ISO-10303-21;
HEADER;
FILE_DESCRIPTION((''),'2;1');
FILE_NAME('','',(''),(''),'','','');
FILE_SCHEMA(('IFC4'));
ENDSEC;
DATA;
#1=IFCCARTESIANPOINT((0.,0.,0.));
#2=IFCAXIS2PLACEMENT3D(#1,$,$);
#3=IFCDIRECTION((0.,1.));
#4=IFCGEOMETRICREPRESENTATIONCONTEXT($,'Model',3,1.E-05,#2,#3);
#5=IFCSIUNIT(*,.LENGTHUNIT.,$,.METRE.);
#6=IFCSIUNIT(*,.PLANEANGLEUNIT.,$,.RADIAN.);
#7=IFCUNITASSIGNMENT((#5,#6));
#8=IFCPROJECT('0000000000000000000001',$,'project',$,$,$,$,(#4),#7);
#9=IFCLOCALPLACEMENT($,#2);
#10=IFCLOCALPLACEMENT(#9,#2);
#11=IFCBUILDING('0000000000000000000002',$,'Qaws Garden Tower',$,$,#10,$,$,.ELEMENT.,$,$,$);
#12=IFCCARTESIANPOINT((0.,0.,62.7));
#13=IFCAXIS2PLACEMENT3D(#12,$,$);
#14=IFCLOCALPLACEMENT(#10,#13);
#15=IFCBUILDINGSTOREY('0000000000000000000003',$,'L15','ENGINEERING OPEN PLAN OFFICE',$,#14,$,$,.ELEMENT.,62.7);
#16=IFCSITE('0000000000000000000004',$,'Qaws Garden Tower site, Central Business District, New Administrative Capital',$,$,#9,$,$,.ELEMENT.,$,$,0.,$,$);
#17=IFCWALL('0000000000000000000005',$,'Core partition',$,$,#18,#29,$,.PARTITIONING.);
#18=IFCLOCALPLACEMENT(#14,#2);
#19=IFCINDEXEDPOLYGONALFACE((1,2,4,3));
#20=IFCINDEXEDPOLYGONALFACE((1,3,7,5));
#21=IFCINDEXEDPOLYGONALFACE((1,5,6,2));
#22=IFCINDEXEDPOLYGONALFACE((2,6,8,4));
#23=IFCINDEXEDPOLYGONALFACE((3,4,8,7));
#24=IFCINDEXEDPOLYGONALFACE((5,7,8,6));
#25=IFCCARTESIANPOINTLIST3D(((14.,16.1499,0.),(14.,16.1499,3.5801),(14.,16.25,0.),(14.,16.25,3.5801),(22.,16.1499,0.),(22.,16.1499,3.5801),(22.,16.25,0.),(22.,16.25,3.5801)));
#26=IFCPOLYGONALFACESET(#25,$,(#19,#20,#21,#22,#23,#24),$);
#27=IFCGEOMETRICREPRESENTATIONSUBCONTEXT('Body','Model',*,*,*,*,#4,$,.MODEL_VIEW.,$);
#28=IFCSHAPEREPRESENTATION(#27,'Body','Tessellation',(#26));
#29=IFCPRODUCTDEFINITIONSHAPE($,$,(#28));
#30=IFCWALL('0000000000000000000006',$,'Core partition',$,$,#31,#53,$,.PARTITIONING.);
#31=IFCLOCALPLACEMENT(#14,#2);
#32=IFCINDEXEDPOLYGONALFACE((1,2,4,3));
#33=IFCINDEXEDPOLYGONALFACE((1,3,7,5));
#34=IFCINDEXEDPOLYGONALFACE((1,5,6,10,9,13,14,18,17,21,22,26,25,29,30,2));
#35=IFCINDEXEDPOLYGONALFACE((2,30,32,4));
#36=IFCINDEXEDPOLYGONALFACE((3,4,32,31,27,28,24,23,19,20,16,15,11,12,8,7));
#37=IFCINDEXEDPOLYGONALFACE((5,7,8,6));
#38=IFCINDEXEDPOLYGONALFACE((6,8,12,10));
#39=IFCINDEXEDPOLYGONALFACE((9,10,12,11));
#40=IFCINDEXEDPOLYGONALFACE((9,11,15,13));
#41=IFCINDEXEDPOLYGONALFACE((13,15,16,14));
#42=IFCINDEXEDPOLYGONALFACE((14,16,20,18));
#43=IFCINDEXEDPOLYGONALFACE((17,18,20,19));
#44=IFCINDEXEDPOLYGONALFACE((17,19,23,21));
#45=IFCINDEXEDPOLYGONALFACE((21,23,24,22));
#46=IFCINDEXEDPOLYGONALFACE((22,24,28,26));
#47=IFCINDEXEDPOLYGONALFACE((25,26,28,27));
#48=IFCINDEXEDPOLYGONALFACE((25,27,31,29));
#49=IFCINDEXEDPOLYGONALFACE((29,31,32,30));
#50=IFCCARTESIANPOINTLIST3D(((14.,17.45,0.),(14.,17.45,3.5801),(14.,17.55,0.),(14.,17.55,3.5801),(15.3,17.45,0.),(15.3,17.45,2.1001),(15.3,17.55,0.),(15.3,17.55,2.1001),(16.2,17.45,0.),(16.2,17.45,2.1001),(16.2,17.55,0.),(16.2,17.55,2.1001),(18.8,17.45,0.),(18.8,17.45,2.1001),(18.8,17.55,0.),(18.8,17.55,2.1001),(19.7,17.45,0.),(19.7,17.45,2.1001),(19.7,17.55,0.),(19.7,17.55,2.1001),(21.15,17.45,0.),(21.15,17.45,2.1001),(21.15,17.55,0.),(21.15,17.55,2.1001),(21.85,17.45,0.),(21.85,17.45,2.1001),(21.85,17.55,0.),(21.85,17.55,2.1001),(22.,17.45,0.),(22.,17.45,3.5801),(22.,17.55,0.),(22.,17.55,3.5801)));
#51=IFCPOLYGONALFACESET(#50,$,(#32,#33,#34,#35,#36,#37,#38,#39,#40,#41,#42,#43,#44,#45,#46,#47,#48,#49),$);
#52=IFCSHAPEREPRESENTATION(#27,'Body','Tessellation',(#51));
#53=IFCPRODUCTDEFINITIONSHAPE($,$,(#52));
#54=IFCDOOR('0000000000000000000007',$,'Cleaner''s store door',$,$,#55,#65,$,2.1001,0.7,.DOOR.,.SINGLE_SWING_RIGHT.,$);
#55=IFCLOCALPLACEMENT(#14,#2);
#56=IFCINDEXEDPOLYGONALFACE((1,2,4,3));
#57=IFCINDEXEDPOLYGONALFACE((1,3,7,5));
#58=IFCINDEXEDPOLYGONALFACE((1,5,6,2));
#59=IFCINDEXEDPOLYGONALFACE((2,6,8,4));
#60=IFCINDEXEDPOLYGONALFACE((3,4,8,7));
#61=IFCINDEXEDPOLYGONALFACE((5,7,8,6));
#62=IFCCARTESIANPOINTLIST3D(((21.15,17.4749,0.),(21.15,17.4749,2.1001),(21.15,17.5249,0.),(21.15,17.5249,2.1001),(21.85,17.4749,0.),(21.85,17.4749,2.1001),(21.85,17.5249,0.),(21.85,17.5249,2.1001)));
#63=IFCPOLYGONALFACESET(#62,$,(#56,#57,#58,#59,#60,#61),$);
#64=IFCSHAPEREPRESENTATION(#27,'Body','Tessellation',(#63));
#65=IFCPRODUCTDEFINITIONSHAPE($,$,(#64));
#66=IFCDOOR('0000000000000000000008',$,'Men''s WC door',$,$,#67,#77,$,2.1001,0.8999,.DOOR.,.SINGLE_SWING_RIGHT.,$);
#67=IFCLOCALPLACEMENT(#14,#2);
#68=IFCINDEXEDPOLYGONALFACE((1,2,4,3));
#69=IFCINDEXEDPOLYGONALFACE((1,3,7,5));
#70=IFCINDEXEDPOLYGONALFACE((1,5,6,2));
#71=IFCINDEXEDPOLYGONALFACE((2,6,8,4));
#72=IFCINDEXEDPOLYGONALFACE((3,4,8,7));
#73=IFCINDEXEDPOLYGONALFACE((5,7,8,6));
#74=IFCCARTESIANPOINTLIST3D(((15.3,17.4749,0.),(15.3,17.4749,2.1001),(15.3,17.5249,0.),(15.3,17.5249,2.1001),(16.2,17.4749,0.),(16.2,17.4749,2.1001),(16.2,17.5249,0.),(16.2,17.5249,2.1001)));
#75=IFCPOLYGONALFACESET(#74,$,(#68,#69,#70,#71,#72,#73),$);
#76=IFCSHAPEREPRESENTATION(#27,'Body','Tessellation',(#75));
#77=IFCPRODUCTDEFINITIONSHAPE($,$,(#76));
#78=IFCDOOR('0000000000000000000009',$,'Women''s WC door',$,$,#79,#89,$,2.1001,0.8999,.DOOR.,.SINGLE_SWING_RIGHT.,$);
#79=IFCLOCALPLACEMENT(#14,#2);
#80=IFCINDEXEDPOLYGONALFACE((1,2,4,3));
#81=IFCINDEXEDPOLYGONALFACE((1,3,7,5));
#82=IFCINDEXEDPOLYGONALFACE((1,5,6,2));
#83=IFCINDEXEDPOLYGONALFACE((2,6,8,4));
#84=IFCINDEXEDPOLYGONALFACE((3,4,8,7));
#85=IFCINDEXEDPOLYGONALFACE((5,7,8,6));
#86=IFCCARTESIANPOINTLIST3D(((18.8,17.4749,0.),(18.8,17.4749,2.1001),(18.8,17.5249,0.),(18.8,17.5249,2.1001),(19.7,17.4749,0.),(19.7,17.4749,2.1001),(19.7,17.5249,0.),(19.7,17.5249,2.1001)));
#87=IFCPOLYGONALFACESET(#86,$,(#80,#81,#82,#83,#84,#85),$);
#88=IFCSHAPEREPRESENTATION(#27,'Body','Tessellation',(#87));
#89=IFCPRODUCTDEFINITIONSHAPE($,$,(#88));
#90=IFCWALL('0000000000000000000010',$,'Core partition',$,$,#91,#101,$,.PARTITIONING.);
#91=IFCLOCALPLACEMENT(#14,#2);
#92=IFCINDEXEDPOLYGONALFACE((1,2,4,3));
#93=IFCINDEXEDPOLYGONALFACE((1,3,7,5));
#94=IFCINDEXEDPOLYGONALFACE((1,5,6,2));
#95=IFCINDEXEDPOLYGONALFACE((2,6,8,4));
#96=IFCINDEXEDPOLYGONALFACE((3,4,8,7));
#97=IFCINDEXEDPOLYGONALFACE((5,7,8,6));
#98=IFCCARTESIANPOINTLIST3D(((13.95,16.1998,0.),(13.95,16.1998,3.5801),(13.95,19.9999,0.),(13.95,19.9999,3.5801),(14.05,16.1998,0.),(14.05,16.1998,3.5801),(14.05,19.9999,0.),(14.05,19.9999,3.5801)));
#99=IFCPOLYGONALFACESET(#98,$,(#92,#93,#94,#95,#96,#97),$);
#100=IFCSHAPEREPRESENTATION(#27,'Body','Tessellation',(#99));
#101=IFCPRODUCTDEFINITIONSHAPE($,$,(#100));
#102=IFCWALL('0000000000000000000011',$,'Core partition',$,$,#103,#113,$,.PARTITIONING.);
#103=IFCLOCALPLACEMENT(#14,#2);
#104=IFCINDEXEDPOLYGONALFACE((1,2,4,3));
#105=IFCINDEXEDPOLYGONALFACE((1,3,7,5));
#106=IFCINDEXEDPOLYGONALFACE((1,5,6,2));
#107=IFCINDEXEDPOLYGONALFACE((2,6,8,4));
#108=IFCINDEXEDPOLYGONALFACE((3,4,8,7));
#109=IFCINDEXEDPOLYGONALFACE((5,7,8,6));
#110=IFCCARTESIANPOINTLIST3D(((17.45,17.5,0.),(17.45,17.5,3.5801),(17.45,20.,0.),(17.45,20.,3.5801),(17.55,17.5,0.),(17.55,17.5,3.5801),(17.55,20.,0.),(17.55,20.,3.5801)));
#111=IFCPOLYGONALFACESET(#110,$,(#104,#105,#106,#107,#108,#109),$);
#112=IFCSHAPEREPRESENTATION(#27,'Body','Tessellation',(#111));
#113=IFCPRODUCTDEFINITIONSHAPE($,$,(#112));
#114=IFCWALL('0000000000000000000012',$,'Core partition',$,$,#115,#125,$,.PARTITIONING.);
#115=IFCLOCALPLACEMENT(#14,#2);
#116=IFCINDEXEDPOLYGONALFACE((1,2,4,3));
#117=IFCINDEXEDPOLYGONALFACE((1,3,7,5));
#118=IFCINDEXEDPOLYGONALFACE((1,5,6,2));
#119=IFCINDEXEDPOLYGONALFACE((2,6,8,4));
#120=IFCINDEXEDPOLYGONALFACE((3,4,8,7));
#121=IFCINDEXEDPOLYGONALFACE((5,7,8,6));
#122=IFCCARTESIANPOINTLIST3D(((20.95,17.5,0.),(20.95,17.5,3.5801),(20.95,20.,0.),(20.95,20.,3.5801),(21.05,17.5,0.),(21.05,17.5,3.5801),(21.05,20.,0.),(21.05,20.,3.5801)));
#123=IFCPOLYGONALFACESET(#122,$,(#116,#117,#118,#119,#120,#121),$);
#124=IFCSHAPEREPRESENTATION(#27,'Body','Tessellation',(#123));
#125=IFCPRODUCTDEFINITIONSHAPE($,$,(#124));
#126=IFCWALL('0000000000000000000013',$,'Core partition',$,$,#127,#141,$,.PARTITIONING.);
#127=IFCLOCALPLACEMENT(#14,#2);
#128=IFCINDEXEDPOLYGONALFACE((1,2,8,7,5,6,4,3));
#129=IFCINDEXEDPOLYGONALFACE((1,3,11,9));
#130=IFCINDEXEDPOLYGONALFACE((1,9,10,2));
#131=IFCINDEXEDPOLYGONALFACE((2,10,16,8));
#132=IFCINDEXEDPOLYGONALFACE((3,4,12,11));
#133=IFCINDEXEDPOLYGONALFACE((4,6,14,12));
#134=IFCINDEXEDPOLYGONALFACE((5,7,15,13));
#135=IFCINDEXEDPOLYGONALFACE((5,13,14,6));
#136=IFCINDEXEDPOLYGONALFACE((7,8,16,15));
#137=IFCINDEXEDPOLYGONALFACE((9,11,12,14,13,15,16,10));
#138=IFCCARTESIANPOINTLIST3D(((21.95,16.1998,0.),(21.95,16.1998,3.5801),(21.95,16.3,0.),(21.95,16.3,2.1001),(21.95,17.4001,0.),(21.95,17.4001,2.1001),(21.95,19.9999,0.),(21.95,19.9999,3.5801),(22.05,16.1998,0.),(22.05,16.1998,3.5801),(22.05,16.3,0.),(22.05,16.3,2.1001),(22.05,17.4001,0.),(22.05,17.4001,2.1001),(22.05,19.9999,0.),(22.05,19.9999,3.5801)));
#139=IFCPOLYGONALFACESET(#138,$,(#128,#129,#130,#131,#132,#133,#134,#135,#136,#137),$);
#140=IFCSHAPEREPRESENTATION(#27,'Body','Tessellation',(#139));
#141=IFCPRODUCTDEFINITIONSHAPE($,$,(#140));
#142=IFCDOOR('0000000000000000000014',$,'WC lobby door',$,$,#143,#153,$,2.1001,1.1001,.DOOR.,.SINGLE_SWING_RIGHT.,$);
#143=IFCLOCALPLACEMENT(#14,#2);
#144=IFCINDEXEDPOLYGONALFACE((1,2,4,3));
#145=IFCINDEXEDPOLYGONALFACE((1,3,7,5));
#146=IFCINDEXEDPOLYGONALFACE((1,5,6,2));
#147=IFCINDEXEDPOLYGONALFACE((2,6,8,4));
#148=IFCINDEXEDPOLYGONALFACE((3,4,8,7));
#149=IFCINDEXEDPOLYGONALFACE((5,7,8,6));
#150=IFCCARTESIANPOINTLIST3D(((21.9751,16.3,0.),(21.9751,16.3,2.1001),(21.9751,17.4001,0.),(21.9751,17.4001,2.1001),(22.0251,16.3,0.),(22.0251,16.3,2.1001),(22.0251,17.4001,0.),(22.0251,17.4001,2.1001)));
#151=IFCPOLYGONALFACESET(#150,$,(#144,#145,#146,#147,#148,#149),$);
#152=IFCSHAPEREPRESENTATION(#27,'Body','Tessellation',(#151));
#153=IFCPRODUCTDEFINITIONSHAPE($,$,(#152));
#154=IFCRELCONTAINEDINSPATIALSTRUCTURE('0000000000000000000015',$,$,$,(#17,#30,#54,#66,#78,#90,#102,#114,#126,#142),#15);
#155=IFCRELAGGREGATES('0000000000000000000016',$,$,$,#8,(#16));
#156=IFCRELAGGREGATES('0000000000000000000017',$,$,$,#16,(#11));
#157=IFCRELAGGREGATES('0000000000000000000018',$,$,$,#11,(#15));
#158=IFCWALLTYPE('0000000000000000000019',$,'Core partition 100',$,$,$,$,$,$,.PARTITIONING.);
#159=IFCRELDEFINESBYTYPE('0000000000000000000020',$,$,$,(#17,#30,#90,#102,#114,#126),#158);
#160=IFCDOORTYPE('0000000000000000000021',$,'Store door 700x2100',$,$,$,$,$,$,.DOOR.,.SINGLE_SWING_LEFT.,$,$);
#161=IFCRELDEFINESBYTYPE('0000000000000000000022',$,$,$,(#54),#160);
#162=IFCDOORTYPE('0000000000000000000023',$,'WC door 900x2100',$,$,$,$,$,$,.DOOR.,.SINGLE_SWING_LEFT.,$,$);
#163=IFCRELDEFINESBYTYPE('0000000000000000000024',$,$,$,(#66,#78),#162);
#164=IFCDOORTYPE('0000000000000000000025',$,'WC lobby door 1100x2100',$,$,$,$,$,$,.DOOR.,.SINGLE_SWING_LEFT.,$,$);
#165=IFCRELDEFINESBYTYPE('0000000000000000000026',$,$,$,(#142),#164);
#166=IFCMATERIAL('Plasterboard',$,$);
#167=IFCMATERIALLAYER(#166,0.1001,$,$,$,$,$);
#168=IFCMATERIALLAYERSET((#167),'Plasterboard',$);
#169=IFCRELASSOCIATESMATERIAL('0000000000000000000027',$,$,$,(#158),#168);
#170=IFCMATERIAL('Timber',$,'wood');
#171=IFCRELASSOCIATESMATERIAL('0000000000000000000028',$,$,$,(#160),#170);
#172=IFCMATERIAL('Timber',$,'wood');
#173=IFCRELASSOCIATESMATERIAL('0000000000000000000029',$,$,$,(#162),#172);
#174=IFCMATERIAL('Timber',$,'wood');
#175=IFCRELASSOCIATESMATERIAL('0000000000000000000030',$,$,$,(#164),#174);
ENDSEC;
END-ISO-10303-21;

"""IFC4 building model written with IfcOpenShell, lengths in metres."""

from ifc_helpers import new_model, si_unit, direction, frame, frame_2d, origin, place, context, subcontext, project, spatial, rectangle, extrude, material, layer, layer_set, type_object, element, fill, save


model = new_model("IFC4")

# Units and contexts
model_context = context("Model", 3, precision=1e-05, world=origin(), true_north=direction((0.0, 1.0)))
body_context = subcontext(model_context, "Body", "Model", "MODEL_VIEW")
ifc_project = project(units=[si_unit("LENGTHUNIT", "METRE"), si_unit("PLANEANGLEUNIT", "RADIAN")], contexts=[model_context])

# Site, building, storey
site_placement = place(None, origin())
site = spatial("IfcSite", under=ifc_project, at=site_placement, Name="Qaws Garden Tower site, Central Business District, New Administrative Capital", CompositionType="ELEMENT", RefElevation=0.0)
building_placement = place(site_placement, origin())
building = spatial("IfcBuilding", under=site, at=building_placement, Name="Qaws Garden Tower", CompositionType="ELEMENT")
storey_placement = place(building_placement, frame((0.0, 0.0, 62.7)))
storey = spatial("IfcBuildingStorey", under=building, at=storey_placement, Name="L15", Description="ENGINEERING OPEN PLAN OFFICE", CompositionType="ELEMENT", Elevation=62.7)

# Wall
ifc_material_1 = material(Name="Plasterboard")
ifc_layer_1 = layer(ifc_material_1, 0.1001)
ifc_layer_set_1 = layer_set([ifc_layer_1], Name="Plasterboard")
wall_type_1 = type_object("IfcWallType", Name="Core partition 100", PredefinedType="PARTITIONING", material=ifc_layer_set_1)
wall_1_placement = place(storey_placement, frame((14.0, 16.2, 0.0), z_axis=(0.0, 0.0, 1.0), x_axis=(1.0, 0.0, 0.0)))
element("IfcWall", 1, at=wall_1_placement, inside=storey, type_object=wall_type_1, Name="Core partition", PredefinedType="PARTITIONING", context=body_context, shape_type="SweptSolid", body=[
    extrude(rectangle(XDim=8.0, YDim=0.1001, at=frame_2d((4.0, 0.0))), origin(), (0.0, 0.0, 1.0), 3.5801),
])

# Wall, openings, doors
wall_2_placement = place(storey_placement, frame((14.0, 17.5, 0.0), z_axis=(0.0, 0.0, 1.0), x_axis=(1.0, 0.0, 0.0)))
wall_2 = element("IfcWall", 2, at=wall_2_placement, inside=storey, type_object=wall_type_1, Name="Core partition", PredefinedType="PARTITIONING", context=body_context, shape_type="SweptSolid", body=[
    extrude(rectangle(XDim=8.0, YDim=0.1001, at=frame_2d((4.0, 0.0))), origin(), (0.0, 0.0, 1.0), 3.5801),
])
opening_1_placement = place(wall_2_placement, frame((1.3, 0.0, 0.0)))
opening_1 = element("IfcOpeningElement", 3, at=opening_1_placement, cuts=wall_2, PredefinedType="OPENING", context=body_context, shape_type="SweptSolid", body=[
    extrude(rectangle(XDim=0.8999, YDim=2.1001, at=frame_2d((0.45, 1.05))), frame((0.0, 0.0601, 0.0), z_axis=(0.0, -1.0, 0.0), x_axis=(1.0, 0.0, 0.0)), (0.0, 0.0, 1.0), 0.1201),
])
opening_2_placement = place(wall_2_placement, frame((4.8, 0.0, 0.0)))
opening_2 = element("IfcOpeningElement", 4, at=opening_2_placement, cuts=wall_2, PredefinedType="OPENING", context=body_context, shape_type="SweptSolid", body=[
    extrude(rectangle(XDim=0.8999, YDim=2.1001, at=frame_2d((0.45, 1.05))), frame((0.0, 0.0601, 0.0), z_axis=(0.0, -1.0, 0.0), x_axis=(1.0, 0.0, 0.0)), (0.0, 0.0, 1.0), 0.1201),
])
opening_3_placement = place(wall_2_placement, frame((7.1499, 0.0, 0.0)))
opening_3 = element("IfcOpeningElement", 5, at=opening_3_placement, cuts=wall_2, PredefinedType="OPENING", context=body_context, shape_type="SweptSolid", body=[
    extrude(rectangle(XDim=0.7, YDim=2.1001, at=frame_2d((0.3501, 1.05))), frame((0.0, 0.0601, 0.0), z_axis=(0.0, -1.0, 0.0), x_axis=(1.0, 0.0, 0.0)), (0.0, 0.0, 1.0), 0.1201),
])
ifc_material_2 = material(Name="Timber", Category="wood")
door_type_1 = type_object("IfcDoorType", Name="Store door 700x2100", OperationType="SINGLE_SWING_LEFT", PredefinedType="DOOR", material=ifc_material_2)
door_1_placement = place(opening_3_placement, origin())
door_1 = element("IfcDoor", 6, at=door_1_placement, inside=storey, type_object=door_type_1, Name="Cleaner's store door", OperationType="SINGLE_SWING_RIGHT", OverallHeight=2.1001, OverallWidth=0.7, PredefinedType="DOOR", context=body_context, shape_type="SweptSolid", body=[
    extrude(rectangle(XDim=0.7, YDim=2.1001, at=frame_2d((0.3501, 1.05))), frame((0.0, 0.0249, 0.0), z_axis=(0.0, -1.0, 0.0), x_axis=(1.0, 0.0, 0.0)), (0.0, 0.0, 1.0), 0.05),
])
fill(opening_3, door_1)
ifc_material_3 = material(Name="Timber", Category="wood")
door_type_2 = type_object("IfcDoorType", Name="WC door 900x2100", OperationType="SINGLE_SWING_LEFT", PredefinedType="DOOR", material=ifc_material_3)
door_2_placement = place(opening_1_placement, origin())
door_2 = element("IfcDoor", 7, at=door_2_placement, inside=storey, type_object=door_type_2, Name="Men's WC door", OperationType="SINGLE_SWING_RIGHT", OverallHeight=2.1001, OverallWidth=0.8999, PredefinedType="DOOR", context=body_context, shape_type="SweptSolid", body=[
    extrude(rectangle(XDim=0.8999, YDim=2.1001, at=frame_2d((0.45, 1.05))), frame((0.0, 0.0249, 0.0), z_axis=(0.0, -1.0, 0.0), x_axis=(1.0, 0.0, 0.0)), (0.0, 0.0, 1.0), 0.05),
])
fill(opening_1, door_2)
door_3_placement = place(opening_2_placement, origin())
door_3 = element("IfcDoor", 8, at=door_3_placement, inside=storey, type_object=door_type_2, Name="Women's WC door", OperationType="SINGLE_SWING_RIGHT", OverallHeight=2.1001, OverallWidth=0.8999, PredefinedType="DOOR", context=body_context, shape_type="SweptSolid", body=[
    extrude(rectangle(XDim=0.8999, YDim=2.1001, at=frame_2d((0.45, 1.05))), frame((0.0, 0.0249, 0.0), z_axis=(0.0, -1.0, 0.0), x_axis=(1.0, 0.0, 0.0)), (0.0, 0.0, 1.0), 0.05),
])
fill(opening_2, door_3)

# Walls
wall_3_placement = place(storey_placement, frame((14.0, 16.2, 0.0), z_axis=(0.0, 0.0, 1.0), x_axis=(0.0, 1.0, 0.0)))
element("IfcWall", 9, at=wall_3_placement, inside=storey, type_object=wall_type_1, Name="Core partition", PredefinedType="PARTITIONING", context=body_context, shape_type="SweptSolid", body=[
    extrude(rectangle(XDim=3.8, YDim=0.1001, at=frame_2d((1.8999, 0.0))), origin(), (0.0, 0.0, 1.0), 3.5801),
])
for number, where, z_axis, x_axis, name in (
    (10, (17.5, 17.5, 0.0), (0.0, 0.0, 1.0), (0.0, 1.0, 0.0), "Core partition"),
    (11, (21.0, 17.5, 0.0), (0.0, 0.0, 1.0), (0.0, 1.0, 0.0), "Core partition"),
):
    element("IfcWall", number, at=place(storey_placement, frame(where, z_axis=z_axis, x_axis=x_axis)), inside=storey, type_object=wall_type_1, Name=name, PredefinedType="PARTITIONING", context=body_context, shape_type="SweptSolid", body=[
        extrude(rectangle(XDim=2.5, YDim=0.1001, at=frame_2d((1.25, 0.0))), origin(), (0.0, 0.0, 1.0), 3.5801),
    ])

# Wall, opening, door
wall_4_placement = place(storey_placement, frame((22.0, 16.2, 0.0), z_axis=(0.0, 0.0, 1.0), x_axis=(0.0, 1.0, 0.0)))
wall_4 = element("IfcWall", 12, at=wall_4_placement, inside=storey, type_object=wall_type_1, Name="Core partition", PredefinedType="PARTITIONING", context=body_context, shape_type="SweptSolid", body=[
    extrude(rectangle(XDim=3.8, YDim=0.1001, at=frame_2d((1.8999, 0.0))), origin(), (0.0, 0.0, 1.0), 3.5801),
])
opening_4_placement = place(wall_4_placement, frame((0.1001, 0.0, 0.0)))
opening_4 = element("IfcOpeningElement", 13, at=opening_4_placement, cuts=wall_4, PredefinedType="OPENING", context=body_context, shape_type="SweptSolid", body=[
    extrude(rectangle(XDim=1.1001, YDim=2.1001, at=frame_2d((0.55, 1.05))), frame((0.0, 0.0601, 0.0), z_axis=(0.0, -1.0, 0.0), x_axis=(1.0, 0.0, 0.0)), (0.0, 0.0, 1.0), 0.1201),
])
ifc_material_4 = material(Name="Timber", Category="wood")
door_type_3 = type_object("IfcDoorType", Name="WC lobby door 1100x2100", OperationType="SINGLE_SWING_LEFT", PredefinedType="DOOR", material=ifc_material_4)
door_4_placement = place(opening_4_placement, origin())
door_4 = element("IfcDoor", 14, at=door_4_placement, inside=storey, type_object=door_type_3, Name="WC lobby door", OperationType="SINGLE_SWING_RIGHT", OverallHeight=2.1001, OverallWidth=1.1001, PredefinedType="DOOR", context=body_context, shape_type="SweptSolid", body=[
    extrude(rectangle(XDim=1.1001, YDim=2.1001, at=frame_2d((0.55, 1.05))), frame((0.0, 0.0249, 0.0), z_axis=(0.0, -1.0, 0.0), x_axis=(1.0, 0.0, 0.0)), (0.0, 0.0, 1.0), 0.05),
])
fill(opening_4, door_4)

save(model, "model.ifc")
